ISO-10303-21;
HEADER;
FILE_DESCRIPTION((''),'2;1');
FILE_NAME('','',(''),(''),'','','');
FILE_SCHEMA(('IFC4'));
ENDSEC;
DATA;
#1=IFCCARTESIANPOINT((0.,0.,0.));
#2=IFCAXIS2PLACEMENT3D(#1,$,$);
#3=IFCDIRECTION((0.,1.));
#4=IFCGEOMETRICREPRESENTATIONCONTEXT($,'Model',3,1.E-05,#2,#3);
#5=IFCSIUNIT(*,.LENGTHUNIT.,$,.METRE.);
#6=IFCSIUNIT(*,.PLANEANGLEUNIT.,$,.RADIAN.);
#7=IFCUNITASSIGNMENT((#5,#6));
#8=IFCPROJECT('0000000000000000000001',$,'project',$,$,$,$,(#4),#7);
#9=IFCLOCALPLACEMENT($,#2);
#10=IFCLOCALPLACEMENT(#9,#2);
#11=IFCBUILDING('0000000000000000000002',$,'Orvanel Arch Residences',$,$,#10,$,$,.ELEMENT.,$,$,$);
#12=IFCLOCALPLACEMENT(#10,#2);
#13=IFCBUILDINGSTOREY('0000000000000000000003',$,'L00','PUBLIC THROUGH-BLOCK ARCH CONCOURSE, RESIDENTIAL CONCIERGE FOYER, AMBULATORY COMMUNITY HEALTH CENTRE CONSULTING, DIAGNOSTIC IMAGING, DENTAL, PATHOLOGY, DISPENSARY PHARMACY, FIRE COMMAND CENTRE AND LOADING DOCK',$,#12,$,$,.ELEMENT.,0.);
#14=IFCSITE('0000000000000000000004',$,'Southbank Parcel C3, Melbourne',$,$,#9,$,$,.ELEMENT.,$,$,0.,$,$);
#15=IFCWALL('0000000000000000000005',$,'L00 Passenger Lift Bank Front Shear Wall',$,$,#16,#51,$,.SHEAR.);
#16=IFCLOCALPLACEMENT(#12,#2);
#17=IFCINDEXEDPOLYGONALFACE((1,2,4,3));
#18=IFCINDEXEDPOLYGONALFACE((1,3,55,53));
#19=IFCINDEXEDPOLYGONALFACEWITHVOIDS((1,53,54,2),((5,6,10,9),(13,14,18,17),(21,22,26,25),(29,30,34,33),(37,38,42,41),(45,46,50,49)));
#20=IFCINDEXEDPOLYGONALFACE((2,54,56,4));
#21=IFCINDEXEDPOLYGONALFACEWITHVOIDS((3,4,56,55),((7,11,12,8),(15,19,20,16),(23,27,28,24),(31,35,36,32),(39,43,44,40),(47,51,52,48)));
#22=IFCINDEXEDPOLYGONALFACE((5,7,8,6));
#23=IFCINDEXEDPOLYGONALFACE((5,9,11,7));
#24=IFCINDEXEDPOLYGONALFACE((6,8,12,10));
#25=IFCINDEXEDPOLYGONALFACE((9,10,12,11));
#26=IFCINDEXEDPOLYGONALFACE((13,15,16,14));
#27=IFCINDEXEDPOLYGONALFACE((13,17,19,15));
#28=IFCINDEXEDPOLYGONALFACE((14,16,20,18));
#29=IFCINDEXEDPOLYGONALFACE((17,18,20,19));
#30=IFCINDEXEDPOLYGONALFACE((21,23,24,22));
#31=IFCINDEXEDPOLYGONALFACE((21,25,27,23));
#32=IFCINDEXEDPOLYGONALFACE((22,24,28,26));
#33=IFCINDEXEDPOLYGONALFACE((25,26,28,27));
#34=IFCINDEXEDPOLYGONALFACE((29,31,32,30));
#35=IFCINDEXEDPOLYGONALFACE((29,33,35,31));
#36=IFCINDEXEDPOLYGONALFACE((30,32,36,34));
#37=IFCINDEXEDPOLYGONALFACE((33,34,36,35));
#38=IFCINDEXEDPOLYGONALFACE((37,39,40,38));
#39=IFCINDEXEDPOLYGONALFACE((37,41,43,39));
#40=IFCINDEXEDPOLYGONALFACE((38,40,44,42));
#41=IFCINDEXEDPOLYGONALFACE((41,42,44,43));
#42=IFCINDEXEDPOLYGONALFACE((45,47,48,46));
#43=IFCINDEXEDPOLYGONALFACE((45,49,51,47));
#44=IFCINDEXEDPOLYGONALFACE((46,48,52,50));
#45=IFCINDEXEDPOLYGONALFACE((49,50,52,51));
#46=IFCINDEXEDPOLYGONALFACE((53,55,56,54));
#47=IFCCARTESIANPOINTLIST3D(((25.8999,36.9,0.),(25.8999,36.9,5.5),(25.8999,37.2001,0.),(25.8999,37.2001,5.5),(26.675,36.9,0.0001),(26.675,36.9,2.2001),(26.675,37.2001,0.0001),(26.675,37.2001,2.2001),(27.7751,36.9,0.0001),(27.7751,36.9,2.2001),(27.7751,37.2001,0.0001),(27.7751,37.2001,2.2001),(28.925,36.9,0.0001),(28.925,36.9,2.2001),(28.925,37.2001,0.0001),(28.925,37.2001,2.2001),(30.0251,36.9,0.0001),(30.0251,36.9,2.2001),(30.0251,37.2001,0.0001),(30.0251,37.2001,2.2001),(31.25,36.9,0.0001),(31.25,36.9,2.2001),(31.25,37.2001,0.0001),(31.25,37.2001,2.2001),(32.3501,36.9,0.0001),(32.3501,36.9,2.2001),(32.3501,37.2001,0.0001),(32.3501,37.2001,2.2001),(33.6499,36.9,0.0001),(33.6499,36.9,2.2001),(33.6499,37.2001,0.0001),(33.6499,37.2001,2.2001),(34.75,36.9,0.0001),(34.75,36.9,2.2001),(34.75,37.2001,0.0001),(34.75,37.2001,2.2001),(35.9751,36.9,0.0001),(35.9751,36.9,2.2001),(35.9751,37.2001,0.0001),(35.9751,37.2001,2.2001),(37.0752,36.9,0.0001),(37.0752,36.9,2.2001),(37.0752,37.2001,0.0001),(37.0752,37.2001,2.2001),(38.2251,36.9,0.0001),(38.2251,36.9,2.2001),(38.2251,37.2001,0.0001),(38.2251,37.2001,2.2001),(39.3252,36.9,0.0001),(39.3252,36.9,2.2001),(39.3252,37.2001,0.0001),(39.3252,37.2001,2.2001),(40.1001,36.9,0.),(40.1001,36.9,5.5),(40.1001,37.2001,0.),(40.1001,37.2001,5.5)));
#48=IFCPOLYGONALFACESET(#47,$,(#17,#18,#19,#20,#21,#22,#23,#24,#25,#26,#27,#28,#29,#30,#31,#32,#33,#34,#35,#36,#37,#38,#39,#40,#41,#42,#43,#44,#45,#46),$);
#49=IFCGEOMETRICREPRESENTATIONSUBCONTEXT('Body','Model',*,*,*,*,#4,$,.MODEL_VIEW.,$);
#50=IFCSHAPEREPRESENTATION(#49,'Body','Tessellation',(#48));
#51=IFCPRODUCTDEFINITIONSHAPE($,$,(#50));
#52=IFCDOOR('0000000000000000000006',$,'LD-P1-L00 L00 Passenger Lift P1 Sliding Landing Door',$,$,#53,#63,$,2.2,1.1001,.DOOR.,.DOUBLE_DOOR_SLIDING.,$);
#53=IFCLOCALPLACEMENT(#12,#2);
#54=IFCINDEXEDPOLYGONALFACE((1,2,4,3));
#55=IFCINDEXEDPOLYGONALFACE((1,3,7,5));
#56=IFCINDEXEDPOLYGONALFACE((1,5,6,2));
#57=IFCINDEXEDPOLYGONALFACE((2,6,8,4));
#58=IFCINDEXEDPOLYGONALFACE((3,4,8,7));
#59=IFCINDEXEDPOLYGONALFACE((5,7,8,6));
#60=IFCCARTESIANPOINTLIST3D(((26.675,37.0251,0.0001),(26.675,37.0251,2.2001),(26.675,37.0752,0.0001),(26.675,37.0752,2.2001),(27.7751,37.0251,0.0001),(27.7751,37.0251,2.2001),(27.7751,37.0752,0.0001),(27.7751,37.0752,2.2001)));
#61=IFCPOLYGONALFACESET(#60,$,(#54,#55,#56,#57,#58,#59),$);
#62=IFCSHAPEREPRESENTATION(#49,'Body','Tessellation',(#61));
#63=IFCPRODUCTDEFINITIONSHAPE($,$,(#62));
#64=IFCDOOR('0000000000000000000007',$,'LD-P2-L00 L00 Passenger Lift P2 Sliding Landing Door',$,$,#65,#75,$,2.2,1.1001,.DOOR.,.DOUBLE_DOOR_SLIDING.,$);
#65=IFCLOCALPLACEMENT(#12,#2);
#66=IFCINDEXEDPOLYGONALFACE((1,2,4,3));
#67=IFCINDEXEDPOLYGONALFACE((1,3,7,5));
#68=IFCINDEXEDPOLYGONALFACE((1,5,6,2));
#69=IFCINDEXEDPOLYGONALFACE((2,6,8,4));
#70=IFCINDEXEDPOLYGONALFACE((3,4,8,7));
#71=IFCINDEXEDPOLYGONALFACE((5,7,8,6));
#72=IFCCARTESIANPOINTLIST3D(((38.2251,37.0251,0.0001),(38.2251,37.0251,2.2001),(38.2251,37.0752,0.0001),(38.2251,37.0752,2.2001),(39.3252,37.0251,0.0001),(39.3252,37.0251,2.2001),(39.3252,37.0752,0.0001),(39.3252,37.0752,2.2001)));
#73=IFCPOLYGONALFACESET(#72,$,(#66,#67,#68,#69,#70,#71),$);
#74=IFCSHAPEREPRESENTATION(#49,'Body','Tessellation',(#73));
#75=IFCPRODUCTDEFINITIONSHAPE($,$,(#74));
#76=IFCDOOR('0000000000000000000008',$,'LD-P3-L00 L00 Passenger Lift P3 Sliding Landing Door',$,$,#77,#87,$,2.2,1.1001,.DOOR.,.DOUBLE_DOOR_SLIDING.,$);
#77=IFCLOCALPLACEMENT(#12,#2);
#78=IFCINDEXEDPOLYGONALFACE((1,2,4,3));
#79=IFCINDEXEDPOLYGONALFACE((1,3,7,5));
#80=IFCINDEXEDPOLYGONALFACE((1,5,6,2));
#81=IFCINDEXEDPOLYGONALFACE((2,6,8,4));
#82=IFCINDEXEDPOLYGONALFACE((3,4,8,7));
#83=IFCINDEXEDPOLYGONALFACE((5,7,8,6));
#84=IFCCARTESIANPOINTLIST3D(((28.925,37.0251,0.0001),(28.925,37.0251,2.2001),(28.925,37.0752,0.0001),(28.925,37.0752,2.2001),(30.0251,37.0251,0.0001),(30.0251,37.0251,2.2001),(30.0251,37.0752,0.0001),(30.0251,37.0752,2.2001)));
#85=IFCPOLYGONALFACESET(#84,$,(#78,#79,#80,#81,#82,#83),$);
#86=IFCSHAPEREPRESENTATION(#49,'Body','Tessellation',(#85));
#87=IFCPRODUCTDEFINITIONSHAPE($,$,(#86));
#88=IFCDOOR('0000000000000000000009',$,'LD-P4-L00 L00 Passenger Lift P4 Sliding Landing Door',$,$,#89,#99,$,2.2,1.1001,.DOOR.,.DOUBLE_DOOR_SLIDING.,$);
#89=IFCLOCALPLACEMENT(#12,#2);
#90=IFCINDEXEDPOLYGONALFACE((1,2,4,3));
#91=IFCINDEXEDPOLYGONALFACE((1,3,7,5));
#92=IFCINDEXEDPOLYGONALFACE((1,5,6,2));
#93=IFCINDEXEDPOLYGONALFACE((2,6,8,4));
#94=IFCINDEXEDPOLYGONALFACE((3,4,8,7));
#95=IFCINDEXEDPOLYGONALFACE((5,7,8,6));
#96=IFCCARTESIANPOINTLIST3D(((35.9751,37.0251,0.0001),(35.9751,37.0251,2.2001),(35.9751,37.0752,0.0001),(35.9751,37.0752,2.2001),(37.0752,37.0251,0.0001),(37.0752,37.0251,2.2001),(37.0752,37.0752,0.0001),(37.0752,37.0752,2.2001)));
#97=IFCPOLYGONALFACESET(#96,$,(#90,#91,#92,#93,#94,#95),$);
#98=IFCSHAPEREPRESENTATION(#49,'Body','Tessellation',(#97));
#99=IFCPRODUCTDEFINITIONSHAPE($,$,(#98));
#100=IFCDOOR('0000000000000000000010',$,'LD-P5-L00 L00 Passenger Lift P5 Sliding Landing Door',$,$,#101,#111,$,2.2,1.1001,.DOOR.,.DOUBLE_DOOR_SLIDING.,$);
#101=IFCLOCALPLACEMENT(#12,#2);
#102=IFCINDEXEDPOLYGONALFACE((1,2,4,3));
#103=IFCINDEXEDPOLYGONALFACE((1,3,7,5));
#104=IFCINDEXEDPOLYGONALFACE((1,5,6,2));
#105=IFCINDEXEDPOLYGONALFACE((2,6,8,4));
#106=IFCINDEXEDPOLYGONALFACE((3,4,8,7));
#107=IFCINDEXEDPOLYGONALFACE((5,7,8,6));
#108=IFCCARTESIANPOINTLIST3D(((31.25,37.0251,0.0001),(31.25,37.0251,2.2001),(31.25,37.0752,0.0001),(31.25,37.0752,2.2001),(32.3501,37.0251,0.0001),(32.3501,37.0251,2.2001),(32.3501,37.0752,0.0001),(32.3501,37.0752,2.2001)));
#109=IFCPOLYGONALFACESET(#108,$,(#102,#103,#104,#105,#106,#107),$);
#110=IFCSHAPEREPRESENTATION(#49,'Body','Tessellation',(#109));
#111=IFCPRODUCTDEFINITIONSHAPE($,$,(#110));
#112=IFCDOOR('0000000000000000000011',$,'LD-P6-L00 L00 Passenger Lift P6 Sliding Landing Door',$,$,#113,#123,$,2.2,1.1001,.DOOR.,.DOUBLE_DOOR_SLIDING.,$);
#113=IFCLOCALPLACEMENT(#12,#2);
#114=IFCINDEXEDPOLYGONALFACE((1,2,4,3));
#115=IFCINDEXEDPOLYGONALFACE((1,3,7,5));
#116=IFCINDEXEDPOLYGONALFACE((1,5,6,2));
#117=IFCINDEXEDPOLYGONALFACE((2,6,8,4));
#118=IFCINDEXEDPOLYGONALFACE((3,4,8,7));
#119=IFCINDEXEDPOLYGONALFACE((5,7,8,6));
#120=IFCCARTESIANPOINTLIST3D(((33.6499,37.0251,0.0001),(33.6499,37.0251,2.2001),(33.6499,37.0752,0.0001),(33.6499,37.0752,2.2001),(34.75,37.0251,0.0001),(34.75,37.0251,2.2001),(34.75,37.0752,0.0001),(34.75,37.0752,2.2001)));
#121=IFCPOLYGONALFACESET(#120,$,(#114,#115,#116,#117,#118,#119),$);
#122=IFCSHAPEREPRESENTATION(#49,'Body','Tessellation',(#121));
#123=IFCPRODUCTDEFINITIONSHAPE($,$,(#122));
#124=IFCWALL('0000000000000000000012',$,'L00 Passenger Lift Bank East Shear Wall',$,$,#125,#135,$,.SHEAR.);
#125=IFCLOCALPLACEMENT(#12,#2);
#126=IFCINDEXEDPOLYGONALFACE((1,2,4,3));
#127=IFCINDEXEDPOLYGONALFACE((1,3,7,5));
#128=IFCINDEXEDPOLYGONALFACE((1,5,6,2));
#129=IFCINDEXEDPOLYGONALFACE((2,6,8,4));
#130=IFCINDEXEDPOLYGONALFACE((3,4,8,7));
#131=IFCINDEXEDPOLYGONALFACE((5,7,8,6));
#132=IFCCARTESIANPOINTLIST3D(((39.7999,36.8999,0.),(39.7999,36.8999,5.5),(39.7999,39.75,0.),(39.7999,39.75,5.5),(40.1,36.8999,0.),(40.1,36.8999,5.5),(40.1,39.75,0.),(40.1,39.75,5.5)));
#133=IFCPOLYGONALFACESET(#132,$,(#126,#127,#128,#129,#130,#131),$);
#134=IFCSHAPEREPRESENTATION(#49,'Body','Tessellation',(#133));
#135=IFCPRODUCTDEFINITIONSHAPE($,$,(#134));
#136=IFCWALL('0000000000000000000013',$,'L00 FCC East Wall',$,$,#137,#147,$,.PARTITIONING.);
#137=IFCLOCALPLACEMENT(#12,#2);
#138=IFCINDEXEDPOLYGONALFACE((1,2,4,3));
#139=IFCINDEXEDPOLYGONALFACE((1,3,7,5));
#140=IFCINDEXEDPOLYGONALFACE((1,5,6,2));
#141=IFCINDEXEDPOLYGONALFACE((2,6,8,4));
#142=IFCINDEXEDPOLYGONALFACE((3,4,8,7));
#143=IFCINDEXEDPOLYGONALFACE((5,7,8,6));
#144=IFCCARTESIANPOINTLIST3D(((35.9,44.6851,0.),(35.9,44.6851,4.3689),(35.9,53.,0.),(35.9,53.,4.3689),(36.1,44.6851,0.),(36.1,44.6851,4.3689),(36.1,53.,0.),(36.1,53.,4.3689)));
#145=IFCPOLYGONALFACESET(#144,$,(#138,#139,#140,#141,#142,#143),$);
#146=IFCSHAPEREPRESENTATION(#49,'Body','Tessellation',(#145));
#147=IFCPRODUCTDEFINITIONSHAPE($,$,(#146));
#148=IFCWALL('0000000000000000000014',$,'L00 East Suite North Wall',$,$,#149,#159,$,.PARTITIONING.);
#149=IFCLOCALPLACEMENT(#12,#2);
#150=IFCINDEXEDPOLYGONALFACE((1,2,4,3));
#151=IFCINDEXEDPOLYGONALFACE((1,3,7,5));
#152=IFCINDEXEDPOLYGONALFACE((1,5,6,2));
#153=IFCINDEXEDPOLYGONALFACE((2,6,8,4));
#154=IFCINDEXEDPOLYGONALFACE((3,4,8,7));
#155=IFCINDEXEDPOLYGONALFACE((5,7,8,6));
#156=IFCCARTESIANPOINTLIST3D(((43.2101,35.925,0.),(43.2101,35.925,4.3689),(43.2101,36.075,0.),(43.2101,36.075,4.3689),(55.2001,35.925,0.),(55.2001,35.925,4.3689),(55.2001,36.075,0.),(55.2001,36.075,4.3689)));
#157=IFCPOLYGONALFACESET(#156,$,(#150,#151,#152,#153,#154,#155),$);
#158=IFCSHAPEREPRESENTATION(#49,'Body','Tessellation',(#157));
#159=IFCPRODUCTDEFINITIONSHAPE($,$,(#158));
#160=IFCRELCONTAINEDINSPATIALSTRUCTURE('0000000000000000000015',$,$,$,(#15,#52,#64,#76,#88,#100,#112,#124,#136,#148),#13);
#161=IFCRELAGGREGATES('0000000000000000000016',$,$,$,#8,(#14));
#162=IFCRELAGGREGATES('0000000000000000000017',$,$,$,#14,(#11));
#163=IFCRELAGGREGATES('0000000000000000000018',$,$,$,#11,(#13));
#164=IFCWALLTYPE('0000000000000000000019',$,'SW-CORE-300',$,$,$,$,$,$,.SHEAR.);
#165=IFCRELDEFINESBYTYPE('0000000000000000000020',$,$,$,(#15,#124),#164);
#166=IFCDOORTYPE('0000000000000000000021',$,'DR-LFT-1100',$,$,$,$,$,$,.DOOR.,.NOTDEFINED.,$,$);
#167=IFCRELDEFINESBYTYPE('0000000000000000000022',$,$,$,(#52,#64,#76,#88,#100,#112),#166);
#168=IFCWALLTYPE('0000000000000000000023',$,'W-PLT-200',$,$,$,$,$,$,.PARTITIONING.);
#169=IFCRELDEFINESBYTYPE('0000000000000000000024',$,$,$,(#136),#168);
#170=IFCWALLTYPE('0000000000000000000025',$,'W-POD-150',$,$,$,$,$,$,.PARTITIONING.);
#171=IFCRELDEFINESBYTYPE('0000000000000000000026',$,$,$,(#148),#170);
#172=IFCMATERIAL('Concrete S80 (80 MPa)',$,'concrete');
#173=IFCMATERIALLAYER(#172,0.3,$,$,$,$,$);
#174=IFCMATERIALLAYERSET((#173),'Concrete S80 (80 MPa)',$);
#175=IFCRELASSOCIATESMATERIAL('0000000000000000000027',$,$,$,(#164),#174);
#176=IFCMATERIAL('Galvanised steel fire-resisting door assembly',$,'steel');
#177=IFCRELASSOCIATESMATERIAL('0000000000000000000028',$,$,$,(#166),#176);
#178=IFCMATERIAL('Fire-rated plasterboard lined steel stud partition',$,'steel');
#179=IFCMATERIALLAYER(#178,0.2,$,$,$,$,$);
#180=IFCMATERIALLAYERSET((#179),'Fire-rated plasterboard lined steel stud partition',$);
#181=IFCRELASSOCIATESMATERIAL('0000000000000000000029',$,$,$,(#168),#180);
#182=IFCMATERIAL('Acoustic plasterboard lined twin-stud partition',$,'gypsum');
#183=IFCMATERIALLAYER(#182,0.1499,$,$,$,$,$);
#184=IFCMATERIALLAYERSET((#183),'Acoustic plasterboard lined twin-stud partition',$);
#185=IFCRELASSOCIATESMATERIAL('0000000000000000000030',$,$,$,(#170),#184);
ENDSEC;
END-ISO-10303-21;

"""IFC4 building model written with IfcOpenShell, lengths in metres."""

from ifc_helpers import new_model, si_unit, direction, frame, frame_2d, origin, place, context, subcontext, project, spatial, rectangle, extrude, material, layer, layer_set, type_object, element, fill, save


model = new_model("IFC4")

# Units and contexts
model_context = context("Model", 3, precision=1e-05, world=origin(), true_north=direction((0.0, 1.0)))
body_context = subcontext(model_context, "Body", "Model", "MODEL_VIEW")
ifc_project = project(units=[si_unit("LENGTHUNIT", "METRE"), si_unit("PLANEANGLEUNIT", "RADIAN")], contexts=[model_context])

# Site, building, storey
site_placement = place(None, origin())
site = spatial("IfcSite", under=ifc_project, at=site_placement, Name="Southbank Parcel C3, Melbourne", CompositionType="ELEMENT", RefElevation=0.0)
building_placement = place(site_placement, origin())
building = spatial("IfcBuilding", under=site, at=building_placement, Name="Orvanel Arch Residences", CompositionType="ELEMENT")
storey_placement = place(building_placement, origin())
storey = spatial("IfcBuildingStorey", under=building, at=storey_placement, Name="L00", Description="PUBLIC THROUGH-BLOCK ARCH CONCOURSE, RESIDENTIAL CONCIERGE FOYER, AMBULATORY COMMUNITY HEALTH CENTRE CONSULTING, DIAGNOSTIC IMAGING, DENTAL, PATHOLOGY, DISPENSARY PHARMACY, FIRE COMMAND CENTRE AND LOADING DOCK", CompositionType="ELEMENT", Elevation=0.0)

# Wall, openings, doors
ifc_material_1 = material(Name="Concrete S80 (80 MPa)", Category="concrete")
ifc_layer_1 = layer(ifc_material_1, 0.3)
ifc_layer_set_1 = layer_set([ifc_layer_1], Name="Concrete S80 (80 MPa)")
wall_type_1 = type_object("IfcWallType", Name="SW-CORE-300", PredefinedType="SHEAR", material=ifc_layer_set_1)
wall_1_placement = place(storey_placement, frame((40.1001, 37.05, 0.0), z_axis=(0.0, 0.0, 1.0), x_axis=(-1.0, 0.0, 0.0)))
wall_1 = element("IfcWall", 1, at=wall_1_placement, inside=storey, type_object=wall_type_1, Name="L00 Passenger Lift Bank Front Shear Wall", PredefinedType="SHEAR", context=body_context, shape_type="SweptSolid", body=[
    extrude(rectangle(XDim=14.2002, YDim=0.3, at=frame_2d((7.1001, 0.0))), origin(), (0.0, 0.0, 1.0), 5.5),
])
opening_1_placement = place(wall_1_placement, frame((12.325, 0.0, 0.0)))
opening_1 = element("IfcOpeningElement", 2, at=opening_1_placement, cuts=wall_1, PredefinedType="OPENING", context=body_context, shape_type="SweptSolid", body=[
    extrude(rectangle(XDim=1.1001, YDim=2.2, at=frame_2d((0.55, 1.1001))), frame((0.0, 0.1599, 0.0), z_axis=(0.0, -1.0, 0.0), x_axis=(1.0, 0.0, 0.0)), (0.0, 0.0, 1.0), 0.3201),
])
opening_2_placement = place(wall_1_placement, frame((0.7749, 0.0, 0.0)))
opening_2 = element("IfcOpeningElement", 3, at=opening_2_placement, cuts=wall_1, PredefinedType="OPENING", context=body_context, shape_type="SweptSolid", body=[
    extrude(rectangle(XDim=1.1001, YDim=2.2, at=frame_2d((0.55, 1.1001))), frame((0.0, 0.1599, 0.0), z_axis=(0.0, -1.0, 0.0), x_axis=(1.0, 0.0, 0.0)), (0.0, 0.0, 1.0), 0.3201),
])
opening_3_placement = place(wall_1_placement, frame((10.075, 0.0, 0.0)))
opening_3 = element("IfcOpeningElement", 4, at=opening_3_placement, cuts=wall_1, PredefinedType="OPENING", context=body_context, shape_type="SweptSolid", body=[
    extrude(rectangle(XDim=1.1001, YDim=2.2, at=frame_2d((0.55, 1.1001))), frame((0.0, 0.1599, 0.0), z_axis=(0.0, -1.0, 0.0), x_axis=(1.0, 0.0, 0.0)), (0.0, 0.0, 1.0), 0.3201),
])
opening_4_placement = place(wall_1_placement, frame((3.0249, 0.0, 0.0)))
opening_4 = element("IfcOpeningElement", 5, at=opening_4_placement, cuts=wall_1, PredefinedType="OPENING", context=body_context, shape_type="SweptSolid", body=[
    extrude(rectangle(XDim=1.1001, YDim=2.2, at=frame_2d((0.55, 1.1001))), frame((0.0, 0.1599, 0.0), z_axis=(0.0, -1.0, 0.0), x_axis=(1.0, 0.0, 0.0)), (0.0, 0.0, 1.0), 0.3201),
])
opening_5_placement = place(wall_1_placement, frame((7.75, 0.0, 0.0)))
opening_5 = element("IfcOpeningElement", 6, at=opening_5_placement, cuts=wall_1, PredefinedType="OPENING", context=body_context, shape_type="SweptSolid", body=[
    extrude(rectangle(XDim=1.1001, YDim=2.2, at=frame_2d((0.55, 1.1001))), frame((0.0, 0.1599, 0.0), z_axis=(0.0, -1.0, 0.0), x_axis=(1.0, 0.0, 0.0)), (0.0, 0.0, 1.0), 0.3201),
])
opening_6_placement = place(wall_1_placement, frame((5.3501, 0.0, 0.0)))
opening_6 = element("IfcOpeningElement", 7, at=opening_6_placement, cuts=wall_1, PredefinedType="OPENING", context=body_context, shape_type="SweptSolid", body=[
    extrude(rectangle(XDim=1.1001, YDim=2.2, at=frame_2d((0.55, 1.1001))), frame((0.0, 0.1599, 0.0), z_axis=(0.0, -1.0, 0.0), x_axis=(1.0, 0.0, 0.0)), (0.0, 0.0, 1.0), 0.3201),
])
ifc_material_2 = material(Name="Galvanised steel fire-resisting door assembly", Category="steel")
door_type_1 = type_object("IfcDoorType", Name="DR-LFT-1100", OperationType="NOTDEFINED", PredefinedType="DOOR", material=ifc_material_2)
door_1_placement = place(opening_1_placement, origin())
door_1 = element("IfcDoor", 8, at=door_1_placement, inside=storey, type_object=door_type_1, Name="LD-P1-L00 L00 Passenger Lift P1 Sliding Landing Door", OperationType="DOUBLE_DOOR_SLIDING", OverallHeight=2.2, OverallWidth=1.1001, PredefinedType="DOOR", context=body_context, shape_type="SweptSolid", body=[
    extrude(rectangle(XDim=1.1001, YDim=2.2, at=frame_2d((0.55, 1.1001))), frame((0.0, 0.0249, 0.0), z_axis=(0.0, -1.0, 0.0), x_axis=(1.0, 0.0, 0.0)), (0.0, 0.0, 1.0), 0.05),
])
fill(opening_1, door_1)
door_2_placement = place(opening_2_placement, origin())
door_2 = element("IfcDoor", 9, at=door_2_placement, inside=storey, type_object=door_type_1, Name="LD-P2-L00 L00 Passenger Lift P2 Sliding Landing Door", OperationType="DOUBLE_DOOR_SLIDING", OverallHeight=2.2, OverallWidth=1.1001, PredefinedType="DOOR", context=body_context, shape_type="SweptSolid", body=[
    extrude(rectangle(XDim=1.1001, YDim=2.2, at=frame_2d((0.55, 1.1001))), frame((0.0, 0.0249, 0.0), z_axis=(0.0, -1.0, 0.0), x_axis=(1.0, 0.0, 0.0)), (0.0, 0.0, 1.0), 0.05),
])
fill(opening_2, door_2)
door_3_placement = place(opening_3_placement, origin())
door_3 = element("IfcDoor", 10, at=door_3_placement, inside=storey, type_object=door_type_1, Name="LD-P3-L00 L00 Passenger Lift P3 Sliding Landing Door", OperationType="DOUBLE_DOOR_SLIDING", OverallHeight=2.2, OverallWidth=1.1001, PredefinedType="DOOR", context=body_context, shape_type="SweptSolid", body=[
    extrude(rectangle(XDim=1.1001, YDim=2.2, at=frame_2d((0.55, 1.1001))), frame((0.0, 0.0249, 0.0), z_axis=(0.0, -1.0, 0.0), x_axis=(1.0, 0.0, 0.0)), (0.0, 0.0, 1.0), 0.05),
])
fill(opening_3, door_3)
door_4_placement = place(opening_4_placement, origin())
door_4 = element("IfcDoor", 11, at=door_4_placement, inside=storey, type_object=door_type_1, Name="LD-P4-L00 L00 Passenger Lift P4 Sliding Landing Door", OperationType="DOUBLE_DOOR_SLIDING", OverallHeight=2.2, OverallWidth=1.1001, PredefinedType="DOOR", context=body_context, shape_type="SweptSolid", body=[
    extrude(rectangle(XDim=1.1001, YDim=2.2, at=frame_2d((0.55, 1.1001))), frame((0.0, 0.0249, 0.0), z_axis=(0.0, -1.0, 0.0), x_axis=(1.0, 0.0, 0.0)), (0.0, 0.0, 1.0), 0.05),
])
fill(opening_4, door_4)
door_5_placement = place(opening_5_placement, origin())
door_5 = element("IfcDoor", 12, at=door_5_placement, inside=storey, type_object=door_type_1, Name="LD-P5-L00 L00 Passenger Lift P5 Sliding Landing Door", OperationType="DOUBLE_DOOR_SLIDING", OverallHeight=2.2, OverallWidth=1.1001, PredefinedType="DOOR", context=body_context, shape_type="SweptSolid", body=[
    extrude(rectangle(XDim=1.1001, YDim=2.2, at=frame_2d((0.55, 1.1001))), frame((0.0, 0.0249, 0.0), z_axis=(0.0, -1.0, 0.0), x_axis=(1.0, 0.0, 0.0)), (0.0, 0.0, 1.0), 0.05),
])
fill(opening_5, door_5)
door_6_placement = place(opening_6_placement, origin())
door_6 = element("IfcDoor", 13, at=door_6_placement, inside=storey, type_object=door_type_1, Name="LD-P6-L00 L00 Passenger Lift P6 Sliding Landing Door", OperationType="DOUBLE_DOOR_SLIDING", OverallHeight=2.2, OverallWidth=1.1001, PredefinedType="DOOR", context=body_context, shape_type="SweptSolid", body=[
    extrude(rectangle(XDim=1.1001, YDim=2.2, at=frame_2d((0.55, 1.1001))), frame((0.0, 0.0249, 0.0), z_axis=(0.0, -1.0, 0.0), x_axis=(1.0, 0.0, 0.0)), (0.0, 0.0, 1.0), 0.05),
])
fill(opening_6, door_6)

# Walls
wall_2_placement = place(storey_placement, frame((39.95, 36.8999, 0.0), z_axis=(0.0, 0.0, 1.0), x_axis=(0.0, 1.0, 0.0)))
element("IfcWall", 14, at=wall_2_placement, inside=storey, type_object=wall_type_1, Name="L00 Passenger Lift Bank East Shear Wall", PredefinedType="SHEAR", context=body_context, shape_type="SweptSolid", body=[
    extrude(rectangle(XDim=2.8501, YDim=0.3, at=frame_2d((1.425, 0.0))), origin(), (0.0, 0.0, 1.0), 5.5),
])
ifc_material_3 = material(Name="Fire-rated plasterboard lined steel stud partition", Category="steel")
ifc_layer_2 = layer(ifc_material_3, 0.2)
ifc_layer_set_2 = layer_set([ifc_layer_2], Name="Fire-rated plasterboard lined steel stud partition")
wall_type_2 = type_object("IfcWallType", Name="W-PLT-200", PredefinedType="PARTITIONING", material=ifc_layer_set_2)
wall_3_placement = place(storey_placement, frame((36.0, 44.6851, 0.0), z_axis=(0.0, 0.0, 1.0), x_axis=(0.0, 1.0, 0.0)))
element("IfcWall", 15, at=wall_3_placement, inside=storey, type_object=wall_type_2, Name="L00 FCC East Wall", PredefinedType="PARTITIONING", context=body_context, shape_type="SweptSolid", body=[
    extrude(rectangle(XDim=8.3149, YDim=0.2, at=frame_2d((4.1575, 0.0))), origin(), (0.0, 0.0, 1.0), 4.3689),
])
ifc_material_4 = material(Name="Acoustic plasterboard lined twin-stud partition", Category="gypsum")
ifc_layer_3 = layer(ifc_material_4, 0.1499)
ifc_layer_set_3 = layer_set([ifc_layer_3], Name="Acoustic plasterboard lined twin-stud partition")
wall_type_3 = type_object("IfcWallType", Name="W-POD-150", PredefinedType="PARTITIONING", material=ifc_layer_set_3)
wall_4_placement = place(storey_placement, frame((43.21, 36.0, 0.0), z_axis=(0.0, 0.0, 1.0), x_axis=(1.0, 0.0, 0.0)))
element("IfcWall", 16, at=wall_4_placement, inside=storey, type_object=wall_type_3, Name="L00 East Suite North Wall", PredefinedType="PARTITIONING", context=body_context, shape_type="SweptSolid", body=[
    extrude(rectangle(XDim=11.99, YDim=0.1499, at=frame_2d((5.9951, 0.0))), origin(), (0.0, 0.0, 1.0), 4.3689),
])

save(model, "model.ifc")
